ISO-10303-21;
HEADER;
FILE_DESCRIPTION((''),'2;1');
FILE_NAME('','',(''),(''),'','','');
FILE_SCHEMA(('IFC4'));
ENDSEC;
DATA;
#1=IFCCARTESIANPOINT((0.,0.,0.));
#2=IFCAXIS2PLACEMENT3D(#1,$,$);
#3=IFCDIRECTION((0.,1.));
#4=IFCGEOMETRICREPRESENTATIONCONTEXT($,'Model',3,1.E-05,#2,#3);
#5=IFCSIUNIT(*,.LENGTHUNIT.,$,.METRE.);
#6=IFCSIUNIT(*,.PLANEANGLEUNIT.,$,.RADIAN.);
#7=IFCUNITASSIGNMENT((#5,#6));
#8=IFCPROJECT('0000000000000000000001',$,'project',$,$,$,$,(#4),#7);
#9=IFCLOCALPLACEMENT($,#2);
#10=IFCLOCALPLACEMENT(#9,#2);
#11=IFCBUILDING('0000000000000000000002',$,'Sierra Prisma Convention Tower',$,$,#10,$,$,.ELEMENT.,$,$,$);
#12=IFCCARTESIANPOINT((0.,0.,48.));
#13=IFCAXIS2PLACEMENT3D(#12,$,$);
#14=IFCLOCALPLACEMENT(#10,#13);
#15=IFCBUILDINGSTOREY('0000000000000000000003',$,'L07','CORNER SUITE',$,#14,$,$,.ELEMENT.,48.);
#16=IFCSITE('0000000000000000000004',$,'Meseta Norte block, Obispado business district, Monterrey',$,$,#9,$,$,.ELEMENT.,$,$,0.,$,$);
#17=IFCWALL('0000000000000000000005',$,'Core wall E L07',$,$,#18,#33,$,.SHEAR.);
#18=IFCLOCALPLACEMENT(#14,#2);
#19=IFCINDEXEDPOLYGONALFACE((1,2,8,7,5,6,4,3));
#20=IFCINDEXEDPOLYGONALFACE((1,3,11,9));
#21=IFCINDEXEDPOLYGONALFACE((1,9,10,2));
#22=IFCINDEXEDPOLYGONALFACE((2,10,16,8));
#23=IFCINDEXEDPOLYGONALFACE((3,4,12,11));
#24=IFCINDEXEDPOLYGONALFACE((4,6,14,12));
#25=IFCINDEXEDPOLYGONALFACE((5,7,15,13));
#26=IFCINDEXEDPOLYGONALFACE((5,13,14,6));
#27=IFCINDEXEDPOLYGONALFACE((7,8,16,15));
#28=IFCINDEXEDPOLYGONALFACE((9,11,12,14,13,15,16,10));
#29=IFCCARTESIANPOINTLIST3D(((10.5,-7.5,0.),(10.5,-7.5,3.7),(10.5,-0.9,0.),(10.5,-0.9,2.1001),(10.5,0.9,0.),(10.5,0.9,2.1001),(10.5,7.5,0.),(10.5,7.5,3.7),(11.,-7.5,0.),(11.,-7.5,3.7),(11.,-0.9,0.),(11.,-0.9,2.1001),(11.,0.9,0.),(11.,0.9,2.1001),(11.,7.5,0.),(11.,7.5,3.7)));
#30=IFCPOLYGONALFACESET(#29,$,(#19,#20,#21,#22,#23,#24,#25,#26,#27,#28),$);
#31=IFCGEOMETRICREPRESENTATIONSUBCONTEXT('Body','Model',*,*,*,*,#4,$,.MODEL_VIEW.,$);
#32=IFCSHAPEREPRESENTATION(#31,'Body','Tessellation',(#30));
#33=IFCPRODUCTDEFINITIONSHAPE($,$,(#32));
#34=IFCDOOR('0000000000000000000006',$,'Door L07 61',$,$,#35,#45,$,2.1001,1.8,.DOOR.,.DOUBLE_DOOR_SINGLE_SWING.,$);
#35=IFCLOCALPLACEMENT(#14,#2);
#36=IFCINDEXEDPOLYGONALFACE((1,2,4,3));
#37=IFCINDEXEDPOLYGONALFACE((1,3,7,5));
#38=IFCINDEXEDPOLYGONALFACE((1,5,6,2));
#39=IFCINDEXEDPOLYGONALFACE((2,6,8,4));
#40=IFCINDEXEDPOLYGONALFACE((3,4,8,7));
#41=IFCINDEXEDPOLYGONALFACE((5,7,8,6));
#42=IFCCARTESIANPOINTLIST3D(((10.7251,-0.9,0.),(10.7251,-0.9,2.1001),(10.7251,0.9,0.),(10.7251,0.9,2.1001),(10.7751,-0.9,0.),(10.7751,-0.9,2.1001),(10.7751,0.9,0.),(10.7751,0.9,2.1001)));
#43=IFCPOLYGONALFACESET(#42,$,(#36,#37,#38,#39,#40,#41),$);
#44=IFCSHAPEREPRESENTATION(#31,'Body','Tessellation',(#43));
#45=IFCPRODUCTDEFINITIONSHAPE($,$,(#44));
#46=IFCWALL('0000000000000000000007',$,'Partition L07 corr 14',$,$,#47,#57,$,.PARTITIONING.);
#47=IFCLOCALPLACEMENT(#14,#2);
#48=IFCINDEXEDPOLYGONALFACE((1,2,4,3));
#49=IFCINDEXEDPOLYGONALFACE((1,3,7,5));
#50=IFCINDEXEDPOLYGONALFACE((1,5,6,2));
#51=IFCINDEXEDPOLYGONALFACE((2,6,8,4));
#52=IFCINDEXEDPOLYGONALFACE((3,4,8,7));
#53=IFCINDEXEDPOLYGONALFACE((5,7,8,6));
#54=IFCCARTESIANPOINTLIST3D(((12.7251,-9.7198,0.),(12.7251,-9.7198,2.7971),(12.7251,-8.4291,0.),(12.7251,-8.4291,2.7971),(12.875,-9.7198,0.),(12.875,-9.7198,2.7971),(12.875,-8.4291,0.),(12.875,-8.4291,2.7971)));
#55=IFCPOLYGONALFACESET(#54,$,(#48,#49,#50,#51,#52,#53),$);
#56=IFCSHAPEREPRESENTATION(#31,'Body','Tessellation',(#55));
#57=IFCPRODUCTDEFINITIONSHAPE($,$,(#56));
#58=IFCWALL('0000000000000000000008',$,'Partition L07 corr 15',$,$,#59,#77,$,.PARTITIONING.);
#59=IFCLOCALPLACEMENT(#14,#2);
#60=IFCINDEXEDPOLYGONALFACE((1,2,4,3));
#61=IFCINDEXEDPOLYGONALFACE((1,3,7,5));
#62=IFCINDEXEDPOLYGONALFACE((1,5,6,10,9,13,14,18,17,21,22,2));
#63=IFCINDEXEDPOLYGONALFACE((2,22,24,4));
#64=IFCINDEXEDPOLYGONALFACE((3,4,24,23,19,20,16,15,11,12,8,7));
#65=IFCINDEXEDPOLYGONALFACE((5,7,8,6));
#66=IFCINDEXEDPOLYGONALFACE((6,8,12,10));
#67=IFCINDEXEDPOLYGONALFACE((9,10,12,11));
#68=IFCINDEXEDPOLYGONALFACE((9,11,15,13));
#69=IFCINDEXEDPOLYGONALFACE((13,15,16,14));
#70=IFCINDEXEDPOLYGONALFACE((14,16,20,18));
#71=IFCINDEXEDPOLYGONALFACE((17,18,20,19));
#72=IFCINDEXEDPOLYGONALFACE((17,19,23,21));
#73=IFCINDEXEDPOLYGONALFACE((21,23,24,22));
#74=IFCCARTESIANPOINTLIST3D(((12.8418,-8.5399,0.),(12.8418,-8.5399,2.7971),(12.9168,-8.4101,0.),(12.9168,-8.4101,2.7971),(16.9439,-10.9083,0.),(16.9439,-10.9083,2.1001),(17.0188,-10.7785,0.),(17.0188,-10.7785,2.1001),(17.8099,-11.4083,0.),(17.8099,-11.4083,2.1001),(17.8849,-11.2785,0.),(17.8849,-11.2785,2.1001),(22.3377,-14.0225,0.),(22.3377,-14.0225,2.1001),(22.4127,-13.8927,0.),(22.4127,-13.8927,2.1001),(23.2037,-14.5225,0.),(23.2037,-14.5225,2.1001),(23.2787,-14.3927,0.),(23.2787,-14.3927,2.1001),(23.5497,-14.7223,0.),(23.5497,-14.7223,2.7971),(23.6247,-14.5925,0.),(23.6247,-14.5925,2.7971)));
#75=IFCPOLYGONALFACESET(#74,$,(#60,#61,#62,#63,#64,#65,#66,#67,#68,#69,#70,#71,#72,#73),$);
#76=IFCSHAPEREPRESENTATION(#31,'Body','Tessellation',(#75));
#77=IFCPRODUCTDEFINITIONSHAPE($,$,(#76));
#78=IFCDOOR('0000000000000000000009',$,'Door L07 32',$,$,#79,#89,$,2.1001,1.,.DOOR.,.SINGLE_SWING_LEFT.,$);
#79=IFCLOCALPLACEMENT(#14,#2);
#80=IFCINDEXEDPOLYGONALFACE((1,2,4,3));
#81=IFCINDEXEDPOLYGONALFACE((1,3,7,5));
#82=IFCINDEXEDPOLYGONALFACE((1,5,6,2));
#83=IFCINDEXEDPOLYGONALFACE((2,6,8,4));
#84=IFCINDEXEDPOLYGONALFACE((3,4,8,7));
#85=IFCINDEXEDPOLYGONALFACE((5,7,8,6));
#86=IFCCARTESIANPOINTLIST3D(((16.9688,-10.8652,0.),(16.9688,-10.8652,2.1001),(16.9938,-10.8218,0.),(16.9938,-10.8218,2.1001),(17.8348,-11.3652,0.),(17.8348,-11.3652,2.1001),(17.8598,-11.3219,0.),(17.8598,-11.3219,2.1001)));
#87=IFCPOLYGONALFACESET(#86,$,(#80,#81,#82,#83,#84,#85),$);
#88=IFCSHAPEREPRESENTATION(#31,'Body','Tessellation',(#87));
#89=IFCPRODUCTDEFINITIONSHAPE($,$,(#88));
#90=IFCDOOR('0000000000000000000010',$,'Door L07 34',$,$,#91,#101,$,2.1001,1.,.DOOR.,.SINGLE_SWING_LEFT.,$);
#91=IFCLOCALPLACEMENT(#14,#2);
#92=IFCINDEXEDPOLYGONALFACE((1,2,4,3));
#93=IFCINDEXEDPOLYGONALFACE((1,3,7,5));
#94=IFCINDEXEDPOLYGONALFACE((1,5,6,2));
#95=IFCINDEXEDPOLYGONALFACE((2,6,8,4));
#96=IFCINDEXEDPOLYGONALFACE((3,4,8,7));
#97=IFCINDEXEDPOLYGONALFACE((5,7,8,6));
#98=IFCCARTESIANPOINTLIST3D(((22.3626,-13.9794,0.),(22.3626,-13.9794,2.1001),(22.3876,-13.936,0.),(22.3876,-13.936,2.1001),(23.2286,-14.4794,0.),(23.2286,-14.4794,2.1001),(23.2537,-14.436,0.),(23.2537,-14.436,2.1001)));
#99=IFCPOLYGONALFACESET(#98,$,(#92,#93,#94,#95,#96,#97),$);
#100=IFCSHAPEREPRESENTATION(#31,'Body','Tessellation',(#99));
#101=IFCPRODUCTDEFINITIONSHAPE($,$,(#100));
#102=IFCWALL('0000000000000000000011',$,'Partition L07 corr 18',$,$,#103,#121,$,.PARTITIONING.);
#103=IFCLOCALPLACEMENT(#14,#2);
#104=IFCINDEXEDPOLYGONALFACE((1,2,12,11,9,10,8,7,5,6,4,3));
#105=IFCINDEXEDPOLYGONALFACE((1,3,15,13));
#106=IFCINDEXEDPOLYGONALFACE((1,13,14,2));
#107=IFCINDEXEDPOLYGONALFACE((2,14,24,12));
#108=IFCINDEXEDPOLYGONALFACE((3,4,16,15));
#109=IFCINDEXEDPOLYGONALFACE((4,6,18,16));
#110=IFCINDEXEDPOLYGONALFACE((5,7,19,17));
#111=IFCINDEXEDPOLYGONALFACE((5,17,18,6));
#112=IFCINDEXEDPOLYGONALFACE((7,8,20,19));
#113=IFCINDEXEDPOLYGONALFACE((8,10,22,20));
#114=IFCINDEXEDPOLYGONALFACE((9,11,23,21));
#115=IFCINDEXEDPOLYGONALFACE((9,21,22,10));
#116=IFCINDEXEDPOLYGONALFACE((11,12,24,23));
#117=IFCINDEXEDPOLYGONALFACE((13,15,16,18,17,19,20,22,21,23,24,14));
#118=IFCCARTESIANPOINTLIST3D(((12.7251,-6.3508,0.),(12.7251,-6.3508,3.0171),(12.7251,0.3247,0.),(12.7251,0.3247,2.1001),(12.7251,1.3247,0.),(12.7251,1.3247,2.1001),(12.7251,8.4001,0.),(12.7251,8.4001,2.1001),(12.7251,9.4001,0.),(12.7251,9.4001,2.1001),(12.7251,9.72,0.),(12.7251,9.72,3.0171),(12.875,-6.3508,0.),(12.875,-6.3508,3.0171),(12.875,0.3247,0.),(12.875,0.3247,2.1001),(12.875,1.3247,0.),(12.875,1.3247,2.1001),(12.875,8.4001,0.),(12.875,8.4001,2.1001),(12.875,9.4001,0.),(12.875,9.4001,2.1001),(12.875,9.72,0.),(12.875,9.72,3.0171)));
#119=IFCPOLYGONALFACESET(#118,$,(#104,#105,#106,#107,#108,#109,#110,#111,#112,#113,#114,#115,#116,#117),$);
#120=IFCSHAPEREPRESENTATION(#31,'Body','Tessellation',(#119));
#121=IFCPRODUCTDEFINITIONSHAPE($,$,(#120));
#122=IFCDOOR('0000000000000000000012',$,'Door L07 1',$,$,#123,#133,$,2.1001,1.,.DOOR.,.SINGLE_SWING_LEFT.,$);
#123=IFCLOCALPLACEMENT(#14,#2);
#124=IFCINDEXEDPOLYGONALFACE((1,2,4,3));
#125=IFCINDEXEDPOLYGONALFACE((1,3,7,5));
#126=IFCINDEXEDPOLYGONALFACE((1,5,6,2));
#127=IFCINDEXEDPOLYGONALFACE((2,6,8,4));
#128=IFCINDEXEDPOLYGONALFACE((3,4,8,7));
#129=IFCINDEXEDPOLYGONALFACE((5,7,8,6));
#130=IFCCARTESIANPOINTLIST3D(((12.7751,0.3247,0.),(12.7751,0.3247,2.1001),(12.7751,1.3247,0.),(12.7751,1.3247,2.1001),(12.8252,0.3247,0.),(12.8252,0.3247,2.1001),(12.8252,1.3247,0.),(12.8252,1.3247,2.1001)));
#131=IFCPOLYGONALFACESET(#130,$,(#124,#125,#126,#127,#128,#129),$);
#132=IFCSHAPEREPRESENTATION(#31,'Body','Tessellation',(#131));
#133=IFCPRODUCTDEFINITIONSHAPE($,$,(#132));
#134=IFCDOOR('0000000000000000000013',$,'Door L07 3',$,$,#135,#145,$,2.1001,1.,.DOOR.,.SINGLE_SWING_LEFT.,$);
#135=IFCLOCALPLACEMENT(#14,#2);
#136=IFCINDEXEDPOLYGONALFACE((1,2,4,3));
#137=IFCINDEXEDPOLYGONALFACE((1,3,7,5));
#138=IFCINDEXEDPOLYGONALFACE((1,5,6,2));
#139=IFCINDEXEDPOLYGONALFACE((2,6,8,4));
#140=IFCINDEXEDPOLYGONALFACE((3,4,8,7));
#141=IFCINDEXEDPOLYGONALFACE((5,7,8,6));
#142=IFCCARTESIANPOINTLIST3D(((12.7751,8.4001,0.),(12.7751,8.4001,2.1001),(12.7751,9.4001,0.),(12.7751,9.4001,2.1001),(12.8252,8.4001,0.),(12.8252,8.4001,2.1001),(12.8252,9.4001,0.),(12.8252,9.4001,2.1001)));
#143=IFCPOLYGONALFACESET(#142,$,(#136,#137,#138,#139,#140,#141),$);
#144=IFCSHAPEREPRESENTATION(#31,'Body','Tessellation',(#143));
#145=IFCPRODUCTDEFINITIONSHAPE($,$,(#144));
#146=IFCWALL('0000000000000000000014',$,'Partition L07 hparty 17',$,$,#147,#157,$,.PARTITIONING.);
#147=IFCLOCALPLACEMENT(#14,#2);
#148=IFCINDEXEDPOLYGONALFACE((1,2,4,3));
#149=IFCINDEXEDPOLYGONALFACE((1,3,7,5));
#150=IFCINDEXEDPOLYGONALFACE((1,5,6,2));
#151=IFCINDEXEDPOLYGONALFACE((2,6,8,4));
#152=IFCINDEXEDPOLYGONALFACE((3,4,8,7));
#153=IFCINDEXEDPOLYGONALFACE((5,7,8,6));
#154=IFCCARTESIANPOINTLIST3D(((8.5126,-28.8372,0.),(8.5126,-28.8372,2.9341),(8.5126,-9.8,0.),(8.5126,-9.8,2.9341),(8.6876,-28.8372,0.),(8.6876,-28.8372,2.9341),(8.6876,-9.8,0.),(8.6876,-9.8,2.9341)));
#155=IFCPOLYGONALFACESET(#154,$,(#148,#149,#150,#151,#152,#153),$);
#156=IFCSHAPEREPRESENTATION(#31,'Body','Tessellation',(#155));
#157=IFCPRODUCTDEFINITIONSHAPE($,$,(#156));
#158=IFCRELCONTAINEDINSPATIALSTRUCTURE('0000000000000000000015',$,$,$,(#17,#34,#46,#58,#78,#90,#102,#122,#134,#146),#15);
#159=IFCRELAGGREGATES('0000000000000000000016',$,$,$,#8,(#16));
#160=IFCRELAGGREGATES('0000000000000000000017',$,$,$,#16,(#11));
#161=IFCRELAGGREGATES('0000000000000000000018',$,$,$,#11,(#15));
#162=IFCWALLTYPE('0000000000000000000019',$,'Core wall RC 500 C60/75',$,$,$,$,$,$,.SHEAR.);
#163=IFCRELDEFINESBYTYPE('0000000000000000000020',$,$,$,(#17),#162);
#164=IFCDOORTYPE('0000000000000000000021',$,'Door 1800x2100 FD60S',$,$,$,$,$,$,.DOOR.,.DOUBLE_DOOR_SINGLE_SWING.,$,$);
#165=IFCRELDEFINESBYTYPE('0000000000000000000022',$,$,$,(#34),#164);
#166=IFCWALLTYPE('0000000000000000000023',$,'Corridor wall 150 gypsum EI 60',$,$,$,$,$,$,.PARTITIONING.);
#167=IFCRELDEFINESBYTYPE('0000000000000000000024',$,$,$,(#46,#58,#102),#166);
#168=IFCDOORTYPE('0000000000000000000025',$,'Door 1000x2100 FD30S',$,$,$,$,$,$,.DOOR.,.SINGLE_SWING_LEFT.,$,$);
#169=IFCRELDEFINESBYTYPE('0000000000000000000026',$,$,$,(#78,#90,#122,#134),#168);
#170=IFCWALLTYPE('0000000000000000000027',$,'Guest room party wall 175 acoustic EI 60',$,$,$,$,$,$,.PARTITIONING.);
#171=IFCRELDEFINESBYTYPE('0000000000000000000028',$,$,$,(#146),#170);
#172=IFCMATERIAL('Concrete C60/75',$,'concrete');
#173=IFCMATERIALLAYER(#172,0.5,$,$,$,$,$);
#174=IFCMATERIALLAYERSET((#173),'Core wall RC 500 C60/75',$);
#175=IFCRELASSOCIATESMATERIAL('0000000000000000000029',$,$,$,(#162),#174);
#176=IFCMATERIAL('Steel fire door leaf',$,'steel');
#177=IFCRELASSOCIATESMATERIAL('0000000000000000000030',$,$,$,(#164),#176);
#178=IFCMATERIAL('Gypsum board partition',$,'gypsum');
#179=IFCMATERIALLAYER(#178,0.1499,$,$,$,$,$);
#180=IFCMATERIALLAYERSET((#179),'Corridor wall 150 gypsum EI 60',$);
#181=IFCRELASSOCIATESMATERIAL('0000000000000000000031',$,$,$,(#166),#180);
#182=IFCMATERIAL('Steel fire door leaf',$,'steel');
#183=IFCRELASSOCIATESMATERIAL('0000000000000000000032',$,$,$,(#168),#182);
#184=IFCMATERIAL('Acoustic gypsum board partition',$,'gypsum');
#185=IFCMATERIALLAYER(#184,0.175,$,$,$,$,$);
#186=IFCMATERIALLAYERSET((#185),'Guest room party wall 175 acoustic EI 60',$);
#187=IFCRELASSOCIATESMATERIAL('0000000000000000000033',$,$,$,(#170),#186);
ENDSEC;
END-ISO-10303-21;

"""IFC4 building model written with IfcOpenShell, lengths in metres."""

from ifc_helpers import new_model, si_unit, direction, frame, frame_2d, origin, place, context, subcontext, project, spatial, rectangle, extrude, material, layer, layer_set, type_object, element, fill, save


model = new_model("IFC4")

# Units and contexts
model_context = context("Model", 3, precision=1e-05, world=origin(), true_north=direction((0.0, 1.0)))
body_context = subcontext(model_context, "Body", "Model", "MODEL_VIEW")
ifc_project = project(units=[si_unit("LENGTHUNIT", "METRE"), si_unit("PLANEANGLEUNIT", "RADIAN")], contexts=[model_context])

# Site, building, storey
site_placement = place(None, origin())
site = spatial("IfcSite", under=ifc_project, at=site_placement, Name="Meseta Norte block, Obispado business district, Monterrey", CompositionType="ELEMENT", RefElevation=0.0)
building_placement = place(site_placement, origin())
building = spatial("IfcBuilding", under=site, at=building_placement, Name="Sierra Prisma Convention Tower", CompositionType="ELEMENT")
storey_placement = place(building_placement, frame((0.0, 0.0, 48.0)))
storey = spatial("IfcBuildingStorey", under=building, at=storey_placement, Name="L07", Description="CORNER SUITE", CompositionType="ELEMENT", Elevation=48.0)

# Wall, opening, door
ifc_material_1 = material(Name="Concrete C60/75", Category="concrete")
ifc_layer_1 = layer(ifc_material_1, 0.5)
ifc_layer_set_1 = layer_set([ifc_layer_1], Name="Core wall RC 500 C60/75")
wall_type_1 = type_object("IfcWallType", Name="Core wall RC 500 C60/75", PredefinedType="SHEAR", material=ifc_layer_set_1)
wall_1_placement = place(storey_placement, frame((10.75, -7.5, 0.0), z_axis=(0.0, 0.0, 1.0), x_axis=(0.0, 1.0, 0.0)))
wall_1 = element("IfcWall", 1, at=wall_1_placement, inside=storey, type_object=wall_type_1, Name="Core wall E L07", PredefinedType="SHEAR", context=body_context, shape_type="SweptSolid", body=[
    extrude(rectangle(XDim=15.0, YDim=0.5, at=frame_2d((7.5, 0.0))), origin(), (0.0, 0.0, 1.0), 3.7),
])
opening_1_placement = place(wall_1_placement, frame((6.6001, 0.0, 0.0)))
opening_1 = element("IfcOpeningElement", 2, at=opening_1_placement, cuts=wall_1, PredefinedType="OPENING", context=body_context, shape_type="SweptSolid", body=[
    extrude(rectangle(XDim=1.8, YDim=2.1001, at=frame_2d((0.8999, 1.05))), frame((0.0, 0.25, 0.0), z_axis=(0.0, -1.0, 0.0), x_axis=(1.0, 0.0, 0.0)), (0.0, 0.0, 1.0), 0.5),
])
ifc_material_2 = material(Name="Steel fire door leaf", Category="steel")
door_type_1 = type_object("IfcDoorType", Name="Door 1800x2100 FD60S", OperationType="DOUBLE_DOOR_SINGLE_SWING", PredefinedType="DOOR", material=ifc_material_2)
door_1_placement = place(opening_1_placement, origin())
door_1 = element("IfcDoor", 3, at=door_1_placement, inside=storey, type_object=door_type_1, Name="Door L07 61", OperationType="DOUBLE_DOOR_SINGLE_SWING", OverallHeight=2.1001, OverallWidth=1.8, PredefinedType="DOOR", context=body_context, shape_type="SweptSolid", body=[
    extrude(rectangle(XDim=1.8, YDim=2.1001, at=frame_2d((0.8999, 1.05))), frame((0.0, 0.0249, 0.0), z_axis=(0.0, -1.0, 0.0), x_axis=(1.0, 0.0, 0.0)), (0.0, 0.0, 1.0), 0.05),
])
fill(opening_1, door_1)

# Wall
ifc_material_3 = material(Name="Gypsum board partition", Category="gypsum")
ifc_layer_2 = layer(ifc_material_3, 0.1499)
ifc_layer_set_2 = layer_set([ifc_layer_2], Name="Corridor wall 150 gypsum EI 60")
wall_type_2 = type_object("IfcWallType", Name="Corridor wall 150 gypsum EI 60", PredefinedType="PARTITIONING", material=ifc_layer_set_2)
wall_2_placement = place(storey_placement, frame((12.8, -9.72, 0.0), z_axis=(0.0, 0.0, 1.0), x_axis=(0.0, 1.0, 0.0)))
element("IfcWall", 4, at=wall_2_placement, inside=storey, type_object=wall_type_2, Name="Partition L07 corr 14", PredefinedType="PARTITIONING", context=body_context, shape_type="SweptSolid", body=[
    extrude(rectangle(XDim=1.2908, YDim=0.1499, at=frame_2d((0.6455, 0.0))), origin(), (0.0, 0.0, 1.0), 2.7971),
])

# Walls, openings, doors
wall_3_placement = place(storey_placement, frame((12.8794, -8.4751, 0.0), z_axis=(0.0, 0.0, 1.0), x_axis=(0.866022, -0.500006, 0.0)))
wall_3 = element("IfcWall", 5, at=wall_3_placement, inside=storey, type_object=wall_type_2, Name="Partition L07 corr 15", PredefinedType="PARTITIONING", context=body_context, shape_type="SweptSolid", body=[
    extrude(rectangle(XDim=12.3645, YDim=0.1499, at=frame_2d((6.1821, 0.0))), origin(), (0.0, 0.0, 1.0), 2.7971),
])
opening_2_placement = place(wall_3_placement, frame((4.7366, 0.0, 0.0)))
opening_2 = element("IfcOpeningElement", 6, at=opening_2_placement, cuts=wall_3, PredefinedType="OPENING", context=body_context, shape_type="SweptSolid", body=[
    extrude(rectangle(XDim=1.0, YDim=2.1001, at=frame_2d((0.5, 1.05))), frame((0.0, 0.075, 0.0), z_axis=(0.0, -1.0, 0.0), x_axis=(1.0, 0.0, 0.0)), (0.0, 0.0, 1.0), 0.1499),
])
opening_3_placement = place(wall_3_placement, frame((10.9648, 0.0, 0.0)))
opening_3 = element("IfcOpeningElement", 7, at=opening_3_placement, cuts=wall_3, PredefinedType="OPENING", context=body_context, shape_type="SweptSolid", body=[
    extrude(rectangle(XDim=1.0, YDim=2.1001, at=frame_2d((0.5, 1.05))), frame((0.0, 0.075, 0.0), z_axis=(0.0, -1.0, 0.0), x_axis=(1.0, 0.0, 0.0)), (0.0, 0.0, 1.0), 0.1499),
])
ifc_material_4 = material(Name="Steel fire door leaf", Category="steel")
door_type_2 = type_object("IfcDoorType", Name="Door 1000x2100 FD30S", OperationType="SINGLE_SWING_LEFT", PredefinedType="DOOR", material=ifc_material_4)
door_2_placement = place(opening_2_placement, origin())
door_2 = element("IfcDoor", 8, at=door_2_placement, inside=storey, type_object=door_type_2, Name="Door L07 32", OperationType="SINGLE_SWING_LEFT", OverallHeight=2.1001, OverallWidth=1.0, PredefinedType="DOOR", context=body_context, shape_type="SweptSolid", body=[
    extrude(rectangle(XDim=1.0, YDim=2.1001, at=frame_2d((0.5, 1.05))), frame((0.0, 0.0249, 0.0), z_axis=(0.0, -1.0, 0.0), x_axis=(1.0, 0.0, 0.0)), (0.0, 0.0, 1.0), 0.05),
])
fill(opening_2, door_2)
door_3_placement = place(opening_3_placement, origin())
door_3 = element("IfcDoor", 9, at=door_3_placement, inside=storey, type_object=door_type_2, Name="Door L07 34", OperationType="SINGLE_SWING_LEFT", OverallHeight=2.1001, OverallWidth=1.0, PredefinedType="DOOR", context=body_context, shape_type="SweptSolid", body=[
    extrude(rectangle(XDim=1.0, YDim=2.1001, at=frame_2d((0.5, 1.05))), frame((0.0, 0.0249, 0.0), z_axis=(0.0, -1.0, 0.0), x_axis=(1.0, 0.0, 0.0)), (0.0, 0.0, 1.0), 0.05),
])
fill(opening_3, door_3)
wall_4_placement = place(storey_placement, frame((12.8, -6.3508, 0.0), z_axis=(0.0, 0.0, 1.0), x_axis=(0.0, 1.0, 0.0)))
wall_4 = element("IfcWall", 10, at=wall_4_placement, inside=storey, type_object=wall_type_2, Name="Partition L07 corr 18", PredefinedType="PARTITIONING", context=body_context, shape_type="SweptSolid", body=[
    extrude(rectangle(XDim=16.0708, YDim=0.1499, at=frame_2d((8.0354, 0.0))), origin(), (0.0, 0.0, 1.0), 3.0171),
])
opening_4_placement = place(wall_4_placement, frame((6.6755, 0.0, 0.0)))
opening_4 = element("IfcOpeningElement", 11, at=opening_4_placement, cuts=wall_4, PredefinedType="OPENING", context=body_context, shape_type="SweptSolid", body=[
    extrude(rectangle(XDim=1.0, YDim=2.1001, at=frame_2d((0.5, 1.05))), frame((0.0, 0.075, 0.0), z_axis=(0.0, -1.0, 0.0), x_axis=(1.0, 0.0, 0.0)), (0.0, 0.0, 1.0), 0.1499),
])
opening_5_placement = place(wall_4_placement, frame((14.751, 0.0, 0.0)))
opening_5 = element("IfcOpeningElement", 12, at=opening_5_placement, cuts=wall_4, PredefinedType="OPENING", context=body_context, shape_type="SweptSolid", body=[
    extrude(rectangle(XDim=1.0, YDim=2.1001, at=frame_2d((0.5, 1.05))), frame((0.0, 0.075, 0.0), z_axis=(0.0, -1.0, 0.0), x_axis=(1.0, 0.0, 0.0)), (0.0, 0.0, 1.0), 0.1499),
])
door_4_placement = place(opening_4_placement, origin())
door_4 = element("IfcDoor", 13, at=door_4_placement, inside=storey, type_object=door_type_2, Name="Door L07 1", OperationType="SINGLE_SWING_LEFT", OverallHeight=2.1001, OverallWidth=1.0, PredefinedType="DOOR", context=body_context, shape_type="SweptSolid", body=[
    extrude(rectangle(XDim=1.0, YDim=2.1001, at=frame_2d((0.5, 1.05))), frame((0.0, 0.0249, 0.0), z_axis=(0.0, -1.0, 0.0), x_axis=(1.0, 0.0, 0.0)), (0.0, 0.0, 1.0), 0.05),
])
fill(opening_4, door_4)
door_5_placement = place(opening_5_placement, origin())
door_5 = element("IfcDoor", 14, at=door_5_placement, inside=storey, type_object=door_type_2, Name="Door L07 3", OperationType="SINGLE_SWING_LEFT", OverallHeight=2.1001, OverallWidth=1.0, PredefinedType="DOOR", context=body_context, shape_type="SweptSolid", body=[
    extrude(rectangle(XDim=1.0, YDim=2.1001, at=frame_2d((0.5, 1.05))), frame((0.0, 0.0249, 0.0), z_axis=(0.0, -1.0, 0.0), x_axis=(1.0, 0.0, 0.0)), (0.0, 0.0, 1.0), 0.05),
])
fill(opening_5, door_5)

# Wall
ifc_material_5 = material(Name="Acoustic gypsum board partition", Category="gypsum")
ifc_layer_3 = layer(ifc_material_5, 0.175)
ifc_layer_set_3 = layer_set([ifc_layer_3], Name="Guest room party wall 175 acoustic EI 60")
wall_type_3 = type_object("IfcWallType", Name="Guest room party wall 175 acoustic EI 60", PredefinedType="PARTITIONING", material=ifc_layer_set_3)
wall_5_placement = place(storey_placement, frame((8.6001, -9.8, 0.0), z_axis=(0.0, 0.0, 1.0), x_axis=(0.0, -1.0, 0.0)))
element("IfcWall", 15, at=wall_5_placement, inside=storey, type_object=wall_type_3, Name="Partition L07 hparty 17", PredefinedType="PARTITIONING", context=body_context, shape_type="SweptSolid", body=[
    extrude(rectangle(XDim=19.0371, YDim=0.175, at=frame_2d((9.5186, 0.0))), origin(), (0.0, 0.0, 1.0), 2.9341),
])

save(model, "model.ifc")
